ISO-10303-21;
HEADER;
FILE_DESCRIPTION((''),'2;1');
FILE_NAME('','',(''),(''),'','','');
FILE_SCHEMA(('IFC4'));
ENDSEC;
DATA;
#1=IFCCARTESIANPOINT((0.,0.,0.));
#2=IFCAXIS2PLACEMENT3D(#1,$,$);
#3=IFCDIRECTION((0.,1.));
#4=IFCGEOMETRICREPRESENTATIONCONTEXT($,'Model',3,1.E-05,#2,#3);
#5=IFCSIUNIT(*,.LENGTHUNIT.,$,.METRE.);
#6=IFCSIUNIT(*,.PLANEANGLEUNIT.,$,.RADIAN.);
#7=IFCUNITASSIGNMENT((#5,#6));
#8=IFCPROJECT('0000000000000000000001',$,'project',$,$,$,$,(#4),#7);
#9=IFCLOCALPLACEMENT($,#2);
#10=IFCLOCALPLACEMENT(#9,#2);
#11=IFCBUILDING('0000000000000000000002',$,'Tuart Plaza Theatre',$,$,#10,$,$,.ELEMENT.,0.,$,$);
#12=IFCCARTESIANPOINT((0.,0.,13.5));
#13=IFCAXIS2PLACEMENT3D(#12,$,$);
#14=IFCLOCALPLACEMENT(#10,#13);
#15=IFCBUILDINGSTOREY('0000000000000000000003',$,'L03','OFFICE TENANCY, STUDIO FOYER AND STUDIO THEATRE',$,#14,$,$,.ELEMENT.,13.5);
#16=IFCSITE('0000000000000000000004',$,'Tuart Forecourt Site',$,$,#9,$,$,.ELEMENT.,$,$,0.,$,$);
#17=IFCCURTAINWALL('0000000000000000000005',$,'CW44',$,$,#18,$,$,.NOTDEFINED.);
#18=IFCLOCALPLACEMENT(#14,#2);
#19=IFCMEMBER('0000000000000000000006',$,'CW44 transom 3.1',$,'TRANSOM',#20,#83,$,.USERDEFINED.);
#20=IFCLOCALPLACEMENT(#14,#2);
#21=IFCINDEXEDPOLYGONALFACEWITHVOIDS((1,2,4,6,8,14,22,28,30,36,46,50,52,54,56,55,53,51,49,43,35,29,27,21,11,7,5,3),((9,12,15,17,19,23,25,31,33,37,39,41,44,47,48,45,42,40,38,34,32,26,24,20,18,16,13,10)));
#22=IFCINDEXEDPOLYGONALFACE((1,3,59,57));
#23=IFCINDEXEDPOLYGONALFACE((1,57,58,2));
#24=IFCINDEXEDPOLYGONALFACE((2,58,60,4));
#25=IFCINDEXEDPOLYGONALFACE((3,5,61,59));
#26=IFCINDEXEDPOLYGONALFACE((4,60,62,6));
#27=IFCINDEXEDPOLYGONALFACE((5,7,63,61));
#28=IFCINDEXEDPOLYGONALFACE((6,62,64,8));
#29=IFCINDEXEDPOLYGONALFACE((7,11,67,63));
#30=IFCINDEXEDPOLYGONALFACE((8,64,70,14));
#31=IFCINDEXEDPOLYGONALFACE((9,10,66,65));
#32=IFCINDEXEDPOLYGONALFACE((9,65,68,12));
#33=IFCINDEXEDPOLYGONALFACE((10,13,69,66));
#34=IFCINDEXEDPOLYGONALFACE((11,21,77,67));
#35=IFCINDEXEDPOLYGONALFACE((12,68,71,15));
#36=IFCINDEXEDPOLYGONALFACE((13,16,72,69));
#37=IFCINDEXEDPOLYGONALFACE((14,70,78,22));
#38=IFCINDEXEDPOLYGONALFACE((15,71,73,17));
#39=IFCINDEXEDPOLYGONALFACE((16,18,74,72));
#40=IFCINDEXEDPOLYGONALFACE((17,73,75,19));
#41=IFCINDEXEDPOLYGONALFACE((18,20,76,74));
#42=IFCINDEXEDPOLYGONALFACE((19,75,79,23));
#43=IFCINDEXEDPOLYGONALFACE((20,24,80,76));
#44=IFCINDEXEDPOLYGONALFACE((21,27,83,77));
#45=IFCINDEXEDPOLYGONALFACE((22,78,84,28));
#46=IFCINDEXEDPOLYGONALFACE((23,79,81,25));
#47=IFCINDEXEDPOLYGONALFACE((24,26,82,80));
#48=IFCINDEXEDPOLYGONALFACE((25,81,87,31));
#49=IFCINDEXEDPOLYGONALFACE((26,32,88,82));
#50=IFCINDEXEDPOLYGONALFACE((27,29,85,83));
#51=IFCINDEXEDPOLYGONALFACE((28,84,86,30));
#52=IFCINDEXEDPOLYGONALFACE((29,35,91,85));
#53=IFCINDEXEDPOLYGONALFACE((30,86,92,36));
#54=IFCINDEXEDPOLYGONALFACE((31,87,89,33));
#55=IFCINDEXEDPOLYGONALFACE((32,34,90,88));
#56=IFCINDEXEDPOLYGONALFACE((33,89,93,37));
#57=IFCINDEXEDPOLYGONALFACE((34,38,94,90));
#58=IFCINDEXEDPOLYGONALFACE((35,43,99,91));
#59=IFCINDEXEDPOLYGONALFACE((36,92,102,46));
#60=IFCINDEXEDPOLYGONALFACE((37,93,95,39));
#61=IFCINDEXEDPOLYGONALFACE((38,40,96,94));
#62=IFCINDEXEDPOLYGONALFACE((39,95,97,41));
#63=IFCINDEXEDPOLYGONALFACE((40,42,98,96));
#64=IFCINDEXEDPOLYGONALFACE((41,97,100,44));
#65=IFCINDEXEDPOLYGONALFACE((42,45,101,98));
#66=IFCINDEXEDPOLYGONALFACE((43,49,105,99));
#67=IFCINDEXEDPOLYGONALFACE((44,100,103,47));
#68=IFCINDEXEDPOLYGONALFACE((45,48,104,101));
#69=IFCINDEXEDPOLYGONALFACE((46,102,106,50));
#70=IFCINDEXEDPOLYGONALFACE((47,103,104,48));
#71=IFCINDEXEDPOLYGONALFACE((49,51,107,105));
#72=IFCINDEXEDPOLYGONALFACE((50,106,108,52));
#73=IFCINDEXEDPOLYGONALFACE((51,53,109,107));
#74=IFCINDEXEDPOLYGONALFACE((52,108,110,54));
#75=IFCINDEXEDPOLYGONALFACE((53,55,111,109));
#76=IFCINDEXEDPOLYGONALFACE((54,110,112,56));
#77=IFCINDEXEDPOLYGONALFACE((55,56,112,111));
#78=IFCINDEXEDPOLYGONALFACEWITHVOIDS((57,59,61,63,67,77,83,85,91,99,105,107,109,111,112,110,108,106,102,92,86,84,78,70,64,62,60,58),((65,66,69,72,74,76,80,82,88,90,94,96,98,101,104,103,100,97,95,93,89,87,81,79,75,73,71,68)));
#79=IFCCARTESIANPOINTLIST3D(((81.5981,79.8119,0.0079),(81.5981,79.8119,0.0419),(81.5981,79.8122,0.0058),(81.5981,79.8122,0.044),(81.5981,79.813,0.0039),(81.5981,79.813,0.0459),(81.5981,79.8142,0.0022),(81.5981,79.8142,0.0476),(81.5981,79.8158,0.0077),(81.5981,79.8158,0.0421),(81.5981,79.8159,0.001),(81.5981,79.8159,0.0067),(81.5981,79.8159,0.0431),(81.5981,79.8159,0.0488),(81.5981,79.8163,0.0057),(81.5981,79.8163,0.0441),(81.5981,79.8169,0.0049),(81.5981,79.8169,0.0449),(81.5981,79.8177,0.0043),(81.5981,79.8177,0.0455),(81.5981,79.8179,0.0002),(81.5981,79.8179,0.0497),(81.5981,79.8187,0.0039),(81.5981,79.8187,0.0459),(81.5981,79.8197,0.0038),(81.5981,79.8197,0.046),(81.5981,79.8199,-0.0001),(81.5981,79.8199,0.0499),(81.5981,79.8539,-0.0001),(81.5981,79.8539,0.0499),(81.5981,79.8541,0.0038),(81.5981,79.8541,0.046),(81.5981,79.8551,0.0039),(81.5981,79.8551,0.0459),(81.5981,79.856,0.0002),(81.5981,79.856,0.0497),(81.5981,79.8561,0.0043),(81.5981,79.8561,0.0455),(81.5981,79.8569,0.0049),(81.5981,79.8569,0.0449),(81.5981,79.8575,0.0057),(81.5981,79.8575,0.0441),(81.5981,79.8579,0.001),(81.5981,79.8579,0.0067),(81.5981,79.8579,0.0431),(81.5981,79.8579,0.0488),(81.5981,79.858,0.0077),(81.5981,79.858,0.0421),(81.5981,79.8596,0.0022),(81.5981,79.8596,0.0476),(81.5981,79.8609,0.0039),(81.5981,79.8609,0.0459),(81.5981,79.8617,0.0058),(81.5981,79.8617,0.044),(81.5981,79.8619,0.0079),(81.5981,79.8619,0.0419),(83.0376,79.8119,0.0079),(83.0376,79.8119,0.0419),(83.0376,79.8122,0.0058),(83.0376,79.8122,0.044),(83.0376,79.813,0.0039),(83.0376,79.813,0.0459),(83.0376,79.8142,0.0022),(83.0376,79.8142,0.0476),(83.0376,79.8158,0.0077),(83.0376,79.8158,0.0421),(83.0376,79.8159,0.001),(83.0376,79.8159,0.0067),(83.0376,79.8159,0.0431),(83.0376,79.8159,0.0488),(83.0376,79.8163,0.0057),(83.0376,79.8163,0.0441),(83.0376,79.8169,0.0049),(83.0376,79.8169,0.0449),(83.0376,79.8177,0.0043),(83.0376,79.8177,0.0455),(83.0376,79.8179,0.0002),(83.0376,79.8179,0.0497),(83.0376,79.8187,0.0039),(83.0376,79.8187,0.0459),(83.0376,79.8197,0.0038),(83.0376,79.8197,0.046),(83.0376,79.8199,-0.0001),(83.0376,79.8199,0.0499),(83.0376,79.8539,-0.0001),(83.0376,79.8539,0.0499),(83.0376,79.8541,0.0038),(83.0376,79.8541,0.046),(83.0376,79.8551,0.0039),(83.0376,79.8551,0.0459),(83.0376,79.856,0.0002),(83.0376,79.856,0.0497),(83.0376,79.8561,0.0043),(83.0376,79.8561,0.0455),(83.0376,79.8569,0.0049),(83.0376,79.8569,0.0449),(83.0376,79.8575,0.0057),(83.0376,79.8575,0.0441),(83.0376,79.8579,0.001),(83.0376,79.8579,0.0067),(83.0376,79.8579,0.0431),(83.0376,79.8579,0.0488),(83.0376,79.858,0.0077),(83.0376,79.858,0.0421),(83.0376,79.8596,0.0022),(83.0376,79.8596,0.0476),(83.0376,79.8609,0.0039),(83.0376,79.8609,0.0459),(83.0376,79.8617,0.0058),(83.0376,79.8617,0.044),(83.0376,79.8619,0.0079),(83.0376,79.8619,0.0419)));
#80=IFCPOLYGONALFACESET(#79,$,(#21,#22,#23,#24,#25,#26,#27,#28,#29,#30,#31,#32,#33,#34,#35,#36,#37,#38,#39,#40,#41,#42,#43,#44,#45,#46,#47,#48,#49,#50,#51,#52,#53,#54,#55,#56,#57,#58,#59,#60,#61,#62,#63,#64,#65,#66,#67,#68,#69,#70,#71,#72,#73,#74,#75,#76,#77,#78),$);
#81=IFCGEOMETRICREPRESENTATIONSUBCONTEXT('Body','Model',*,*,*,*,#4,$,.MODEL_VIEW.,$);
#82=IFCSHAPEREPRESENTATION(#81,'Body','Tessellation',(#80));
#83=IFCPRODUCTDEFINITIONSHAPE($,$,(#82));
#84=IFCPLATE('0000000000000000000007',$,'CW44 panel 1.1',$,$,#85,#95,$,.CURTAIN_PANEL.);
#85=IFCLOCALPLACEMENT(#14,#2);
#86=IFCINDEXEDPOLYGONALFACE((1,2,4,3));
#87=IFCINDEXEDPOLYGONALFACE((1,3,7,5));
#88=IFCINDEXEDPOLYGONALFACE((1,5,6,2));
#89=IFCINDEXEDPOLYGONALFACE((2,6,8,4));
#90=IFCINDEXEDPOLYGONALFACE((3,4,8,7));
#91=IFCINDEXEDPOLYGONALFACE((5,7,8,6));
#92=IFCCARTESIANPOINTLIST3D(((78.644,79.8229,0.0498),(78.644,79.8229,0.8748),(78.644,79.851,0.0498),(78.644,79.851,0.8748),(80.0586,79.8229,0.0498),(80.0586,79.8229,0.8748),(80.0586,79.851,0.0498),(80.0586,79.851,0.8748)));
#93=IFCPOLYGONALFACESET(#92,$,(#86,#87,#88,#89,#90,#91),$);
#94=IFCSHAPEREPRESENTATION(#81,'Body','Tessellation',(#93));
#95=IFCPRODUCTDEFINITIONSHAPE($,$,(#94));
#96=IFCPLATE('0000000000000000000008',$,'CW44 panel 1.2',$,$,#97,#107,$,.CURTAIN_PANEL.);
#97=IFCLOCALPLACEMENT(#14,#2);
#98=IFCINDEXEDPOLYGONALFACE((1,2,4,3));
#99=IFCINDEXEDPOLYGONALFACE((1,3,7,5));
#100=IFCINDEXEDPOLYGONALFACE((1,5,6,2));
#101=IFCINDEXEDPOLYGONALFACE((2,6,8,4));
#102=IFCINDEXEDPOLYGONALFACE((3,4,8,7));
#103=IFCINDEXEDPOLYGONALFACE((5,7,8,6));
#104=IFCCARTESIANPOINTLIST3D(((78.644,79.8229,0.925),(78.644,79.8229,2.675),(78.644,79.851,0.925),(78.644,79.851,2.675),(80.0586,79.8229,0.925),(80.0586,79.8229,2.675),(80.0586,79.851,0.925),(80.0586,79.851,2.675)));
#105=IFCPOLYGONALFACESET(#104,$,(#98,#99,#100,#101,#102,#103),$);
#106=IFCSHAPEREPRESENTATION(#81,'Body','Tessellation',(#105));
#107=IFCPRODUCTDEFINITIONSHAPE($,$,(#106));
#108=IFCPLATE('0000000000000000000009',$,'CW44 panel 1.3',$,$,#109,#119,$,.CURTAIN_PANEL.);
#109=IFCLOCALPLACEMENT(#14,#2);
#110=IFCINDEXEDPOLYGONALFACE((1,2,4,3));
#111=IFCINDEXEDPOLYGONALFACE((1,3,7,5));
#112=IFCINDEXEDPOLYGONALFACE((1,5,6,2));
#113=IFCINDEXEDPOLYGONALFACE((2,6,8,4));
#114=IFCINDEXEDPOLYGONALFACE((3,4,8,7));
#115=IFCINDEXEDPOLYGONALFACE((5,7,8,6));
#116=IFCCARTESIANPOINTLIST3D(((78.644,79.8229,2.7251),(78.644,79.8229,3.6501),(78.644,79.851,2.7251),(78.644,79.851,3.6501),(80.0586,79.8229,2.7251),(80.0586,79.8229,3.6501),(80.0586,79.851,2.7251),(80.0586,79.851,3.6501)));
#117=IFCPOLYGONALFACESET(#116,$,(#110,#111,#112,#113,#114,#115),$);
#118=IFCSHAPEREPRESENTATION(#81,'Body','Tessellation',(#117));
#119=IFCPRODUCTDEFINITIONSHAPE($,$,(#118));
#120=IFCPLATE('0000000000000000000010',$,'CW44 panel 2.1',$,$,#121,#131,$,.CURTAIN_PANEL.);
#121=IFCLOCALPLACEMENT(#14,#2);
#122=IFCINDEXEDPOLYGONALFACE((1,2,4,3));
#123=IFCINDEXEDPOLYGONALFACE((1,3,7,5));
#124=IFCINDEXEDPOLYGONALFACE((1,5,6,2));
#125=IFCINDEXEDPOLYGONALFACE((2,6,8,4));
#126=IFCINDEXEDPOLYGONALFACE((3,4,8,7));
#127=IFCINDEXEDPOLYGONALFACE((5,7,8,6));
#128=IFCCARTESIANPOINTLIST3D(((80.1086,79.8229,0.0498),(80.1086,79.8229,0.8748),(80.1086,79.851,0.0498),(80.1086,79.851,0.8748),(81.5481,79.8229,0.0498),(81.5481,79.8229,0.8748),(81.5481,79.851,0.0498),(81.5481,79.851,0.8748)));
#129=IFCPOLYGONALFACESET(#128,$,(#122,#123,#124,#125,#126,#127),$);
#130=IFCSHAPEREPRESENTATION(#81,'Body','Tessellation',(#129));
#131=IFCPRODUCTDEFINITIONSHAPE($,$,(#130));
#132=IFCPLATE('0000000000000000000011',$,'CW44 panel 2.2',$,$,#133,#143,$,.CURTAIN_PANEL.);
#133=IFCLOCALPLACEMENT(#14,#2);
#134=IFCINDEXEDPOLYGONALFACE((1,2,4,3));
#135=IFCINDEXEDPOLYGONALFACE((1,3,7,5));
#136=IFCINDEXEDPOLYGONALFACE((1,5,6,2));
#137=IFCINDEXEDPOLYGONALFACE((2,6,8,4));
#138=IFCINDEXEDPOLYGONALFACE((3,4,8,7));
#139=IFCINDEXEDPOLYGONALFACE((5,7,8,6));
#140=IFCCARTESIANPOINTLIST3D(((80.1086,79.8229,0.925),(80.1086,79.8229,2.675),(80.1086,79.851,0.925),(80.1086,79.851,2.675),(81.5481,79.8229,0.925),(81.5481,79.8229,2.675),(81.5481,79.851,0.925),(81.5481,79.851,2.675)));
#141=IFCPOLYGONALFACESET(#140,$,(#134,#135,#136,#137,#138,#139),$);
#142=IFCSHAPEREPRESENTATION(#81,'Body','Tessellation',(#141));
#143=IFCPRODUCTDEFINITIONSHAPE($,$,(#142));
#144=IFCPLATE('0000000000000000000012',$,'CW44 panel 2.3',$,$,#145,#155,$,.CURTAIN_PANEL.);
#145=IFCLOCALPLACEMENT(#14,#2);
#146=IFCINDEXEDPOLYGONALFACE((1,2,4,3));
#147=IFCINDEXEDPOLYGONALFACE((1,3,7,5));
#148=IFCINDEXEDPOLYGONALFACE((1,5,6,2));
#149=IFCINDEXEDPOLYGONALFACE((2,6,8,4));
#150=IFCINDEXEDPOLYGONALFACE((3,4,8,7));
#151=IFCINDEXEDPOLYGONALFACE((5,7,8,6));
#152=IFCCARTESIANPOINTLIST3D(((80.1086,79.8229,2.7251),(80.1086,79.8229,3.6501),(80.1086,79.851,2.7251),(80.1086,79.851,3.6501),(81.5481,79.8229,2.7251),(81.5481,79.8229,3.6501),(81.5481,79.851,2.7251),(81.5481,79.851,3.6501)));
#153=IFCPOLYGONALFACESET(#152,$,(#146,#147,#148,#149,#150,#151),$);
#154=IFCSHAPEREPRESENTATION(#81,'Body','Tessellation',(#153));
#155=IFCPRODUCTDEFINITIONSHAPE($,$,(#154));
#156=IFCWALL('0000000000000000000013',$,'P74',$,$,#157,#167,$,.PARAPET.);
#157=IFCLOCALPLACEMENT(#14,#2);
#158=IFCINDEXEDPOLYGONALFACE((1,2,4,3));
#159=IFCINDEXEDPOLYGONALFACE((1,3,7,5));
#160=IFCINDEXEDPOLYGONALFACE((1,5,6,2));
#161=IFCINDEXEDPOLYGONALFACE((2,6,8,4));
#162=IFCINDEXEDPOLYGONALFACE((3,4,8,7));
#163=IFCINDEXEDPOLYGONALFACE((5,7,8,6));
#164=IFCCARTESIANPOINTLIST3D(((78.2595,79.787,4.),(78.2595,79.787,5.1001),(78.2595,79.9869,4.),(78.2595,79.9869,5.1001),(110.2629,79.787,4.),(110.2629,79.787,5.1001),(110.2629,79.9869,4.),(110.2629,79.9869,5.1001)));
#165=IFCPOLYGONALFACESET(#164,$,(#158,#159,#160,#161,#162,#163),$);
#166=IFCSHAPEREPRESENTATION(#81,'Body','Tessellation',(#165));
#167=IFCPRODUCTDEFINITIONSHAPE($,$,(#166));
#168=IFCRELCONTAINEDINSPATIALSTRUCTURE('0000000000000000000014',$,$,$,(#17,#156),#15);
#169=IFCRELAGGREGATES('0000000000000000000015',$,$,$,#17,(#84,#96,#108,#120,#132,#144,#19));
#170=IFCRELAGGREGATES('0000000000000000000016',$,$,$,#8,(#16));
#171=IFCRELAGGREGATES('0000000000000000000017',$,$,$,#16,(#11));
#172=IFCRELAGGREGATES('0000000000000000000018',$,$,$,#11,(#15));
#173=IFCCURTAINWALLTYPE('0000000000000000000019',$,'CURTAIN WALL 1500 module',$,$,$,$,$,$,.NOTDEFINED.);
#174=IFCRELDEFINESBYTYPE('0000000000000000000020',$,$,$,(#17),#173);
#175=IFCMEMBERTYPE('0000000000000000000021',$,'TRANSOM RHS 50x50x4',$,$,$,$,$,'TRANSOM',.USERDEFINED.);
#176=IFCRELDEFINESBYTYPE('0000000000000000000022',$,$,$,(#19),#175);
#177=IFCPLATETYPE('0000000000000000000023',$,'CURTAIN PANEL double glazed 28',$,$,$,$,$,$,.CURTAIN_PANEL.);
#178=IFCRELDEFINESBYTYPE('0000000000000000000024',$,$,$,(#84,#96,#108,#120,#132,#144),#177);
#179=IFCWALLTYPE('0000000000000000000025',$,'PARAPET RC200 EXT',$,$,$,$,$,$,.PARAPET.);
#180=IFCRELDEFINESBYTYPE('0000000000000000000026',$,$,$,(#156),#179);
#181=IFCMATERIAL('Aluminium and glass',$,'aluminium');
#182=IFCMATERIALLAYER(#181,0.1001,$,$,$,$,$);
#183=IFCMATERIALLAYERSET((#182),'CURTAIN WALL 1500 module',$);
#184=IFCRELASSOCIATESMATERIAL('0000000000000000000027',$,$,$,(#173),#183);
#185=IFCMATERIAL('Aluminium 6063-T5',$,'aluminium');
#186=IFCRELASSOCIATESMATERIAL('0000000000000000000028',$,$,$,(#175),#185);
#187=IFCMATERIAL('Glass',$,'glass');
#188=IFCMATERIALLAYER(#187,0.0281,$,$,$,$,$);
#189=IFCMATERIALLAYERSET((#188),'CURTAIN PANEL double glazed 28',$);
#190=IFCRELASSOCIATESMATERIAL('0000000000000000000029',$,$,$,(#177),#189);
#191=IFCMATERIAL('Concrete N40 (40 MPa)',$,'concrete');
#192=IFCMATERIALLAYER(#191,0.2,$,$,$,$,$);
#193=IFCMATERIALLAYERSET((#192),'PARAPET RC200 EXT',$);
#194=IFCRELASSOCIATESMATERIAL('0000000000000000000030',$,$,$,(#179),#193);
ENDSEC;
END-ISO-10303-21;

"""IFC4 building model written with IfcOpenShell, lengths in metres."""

from ifc_helpers import new_model, si_unit, direction, frame, frame_2d, origin, origin_2d, place, context, subcontext, project, spatial, rectangle, hollow_rectangle, extrude, material, layer, layer_set, material_profile, profile_set, type_object, element, aggregate, save


model = new_model("IFC4")

# Units and contexts
model_context = context("Model", 3, precision=1e-05, world=origin(), true_north=direction((0.0, 1.0)))
body_context = subcontext(model_context, "Body", "Model", "MODEL_VIEW")
ifc_project = project(units=[si_unit("LENGTHUNIT", "METRE"), si_unit("PLANEANGLEUNIT", "RADIAN")], contexts=[model_context])

# Site, building, storey
site_placement = place(None, origin())
site = spatial("IfcSite", under=ifc_project, at=site_placement, Name="Tuart Forecourt Site", CompositionType="ELEMENT", RefElevation=0.0)
building_placement = place(site_placement, origin())
building = spatial("IfcBuilding", under=site, at=building_placement, Name="Tuart Plaza Theatre", CompositionType="ELEMENT", ElevationOfRefHeight=0.0)
storey_placement = place(building_placement, frame((0.0, 0.0, 13.5)))
storey = spatial("IfcBuildingStorey", under=building, at=storey_placement, Name="L03", Description="OFFICE TENANCY, STUDIO FOYER AND STUDIO THEATRE", CompositionType="ELEMENT", Elevation=13.5)

# Curtain wall, member, plates
ifc_material_1 = material(Name="Aluminium and glass", Category="aluminium")
ifc_layer_1 = layer(ifc_material_1, 0.1001)
ifc_layer_set_1 = layer_set([ifc_layer_1], Name="CURTAIN WALL 1500 module")
curtain_wall_type = type_object("IfcCurtainWallType", Name="CURTAIN WALL 1500 module", PredefinedType="NOTDEFINED", material=ifc_layer_set_1)
curtain_wall_placement = place(storey_placement, origin())
curtain_wall = element("IfcCurtainWall", 1, at=curtain_wall_placement, inside=storey, type_object=curtain_wall_type, Name="CW44", PredefinedType="NOTDEFINED")
ifc_material_2 = material(Name="Aluminium 6063-T5", Category="aluminium")
ifc_material_profile_1 = material_profile(ifc_material_2, hollow_rectangle(XDim=0.05, YDim=0.05, WallThickness=0.0039, InnerFilletRadius=0.0039, OuterFilletRadius=0.0081, at=origin_2d()), Name="RHS 50x50x4")
ifc_profile_set_1 = profile_set([ifc_material_profile_1], Name="Aluminium 6063-T5")
member_type_1 = type_object("IfcMemberType", Name="TRANSOM RHS 50x50x4", ElementType="TRANSOM", PredefinedType="USERDEFINED", material=ifc_profile_set_1)
member_1_placement = place(storey_placement, frame((81.5981, 79.8369, 0.0249), z_axis=(1.0, 0.0, 0.0), x_axis=(0.0, 1.0, 0.0)))
member_1 = element("IfcMember", 2, at=member_1_placement, type_object=member_type_1, Name="CW44 transom 3.1", ObjectType="TRANSOM", PredefinedType="USERDEFINED", context=body_context, shape_type="SweptSolid", body=[
    extrude(hollow_rectangle(XDim=0.05, YDim=0.05, WallThickness=0.0039, InnerFilletRadius=0.0039, OuterFilletRadius=0.0081, at=origin_2d()), origin(), (0.0, 0.0, 1.0), 1.4395),
])
ifc_material_3 = material(Name="Glass", Category="glass")
ifc_layer_2 = layer(ifc_material_3, 0.0281)
ifc_layer_set_2 = layer_set([ifc_layer_2], Name="CURTAIN PANEL double glazed 28")
plate_type = type_object("IfcPlateType", Name="CURTAIN PANEL double glazed 28", PredefinedType="CURTAIN_PANEL", material=ifc_layer_set_2)
plate_1_placement = place(storey_placement, frame((79.3513, 79.8369, 0.0498), z_axis=(0.0, 0.0, 1.0), x_axis=(1.0, 0.0, 0.0)))
plate_1 = element("IfcPlate", 3, at=plate_1_placement, type_object=plate_type, Name="CW44 panel 1.1", PredefinedType="CURTAIN_PANEL", context=body_context, shape_type="SweptSolid", body=[
    extrude(rectangle(XDim=1.4146, YDim=0.0281, at=origin_2d()), origin(), (0.0, 0.0, 1.0), 0.825),
])
plate_2_placement = place(storey_placement, frame((79.3513, 79.8369, 0.925), z_axis=(0.0, 0.0, 1.0), x_axis=(1.0, 0.0, 0.0)))
plate_2 = element("IfcPlate", 4, at=plate_2_placement, type_object=plate_type, Name="CW44 panel 1.2", PredefinedType="CURTAIN_PANEL", context=body_context, shape_type="SweptSolid", body=[
    extrude(rectangle(XDim=1.4146, YDim=0.0281, at=origin_2d()), origin(), (0.0, 0.0, 1.0), 1.75),
])
plate_3_placement = place(storey_placement, frame((79.3513, 79.8369, 2.7251), z_axis=(0.0, 0.0, 1.0), x_axis=(1.0, 0.0, 0.0)))
plate_3 = element("IfcPlate", 5, at=plate_3_placement, type_object=plate_type, Name="CW44 panel 1.3", PredefinedType="CURTAIN_PANEL", context=body_context, shape_type="SweptSolid", body=[
    extrude(rectangle(XDim=1.4146, YDim=0.0281, at=origin_2d()), origin(), (0.0, 0.0, 1.0), 0.925),
])
plate_4_placement = place(storey_placement, frame((80.8284, 79.8369, 0.0498), z_axis=(0.0, 0.0, 1.0), x_axis=(1.0, 0.0, 0.0)))
plate_4 = element("IfcPlate", 6, at=plate_4_placement, type_object=plate_type, Name="CW44 panel 2.1", PredefinedType="CURTAIN_PANEL", context=body_context, shape_type="SweptSolid", body=[
    extrude(rectangle(XDim=1.4395, YDim=0.0281, at=origin_2d()), origin(), (0.0, 0.0, 1.0), 0.825),
])
plate_5_placement = place(storey_placement, frame((80.8284, 79.8369, 0.925), z_axis=(0.0, 0.0, 1.0), x_axis=(1.0, 0.0, 0.0)))
plate_5 = element("IfcPlate", 7, at=plate_5_placement, type_object=plate_type, Name="CW44 panel 2.2", PredefinedType="CURTAIN_PANEL", context=body_context, shape_type="SweptSolid", body=[
    extrude(rectangle(XDim=1.4395, YDim=0.0281, at=origin_2d()), origin(), (0.0, 0.0, 1.0), 1.75),
])
plate_6_placement = place(storey_placement, frame((80.8284, 79.8369, 2.7251), z_axis=(0.0, 0.0, 1.0), x_axis=(1.0, 0.0, 0.0)))
plate_6 = element("IfcPlate", 8, at=plate_6_placement, type_object=plate_type, Name="CW44 panel 2.3", PredefinedType="CURTAIN_PANEL", context=body_context, shape_type="SweptSolid", body=[
    extrude(rectangle(XDim=1.4395, YDim=0.0281, at=origin_2d()), origin(), (0.0, 0.0, 1.0), 0.925),
])
aggregate(curtain_wall, [plate_1, plate_2, plate_3, plate_4, plate_5, plate_6, member_1])

# Wall
ifc_material_4 = material(Name="Concrete N40 (40 MPa)", Category="concrete")
ifc_layer_3 = layer(ifc_material_4, 0.2)
ifc_layer_set_3 = layer_set([ifc_layer_3], Name="PARAPET RC200 EXT")
wall_type_1 = type_object("IfcWallType", Name="PARAPET RC200 EXT", PredefinedType="PARAPET", material=ifc_layer_set_3)
wall_1_placement = place(storey_placement, frame((78.2595, 79.887, 4.0), z_axis=(0.0, 0.0, 1.0), x_axis=(1.0, 0.0, 0.0)))
element("IfcWall", 9, at=wall_1_placement, inside=storey, type_object=wall_type_1, Name="P74", PredefinedType="PARAPET", context=body_context, shape_type="SweptSolid", body=[
    extrude(rectangle(XDim=32.0034, YDim=0.2, at=frame_2d((16.0017, 0.0))), origin(), (0.0, 0.0, 1.0), 1.1001),
])

save(model, "model.ifc")
